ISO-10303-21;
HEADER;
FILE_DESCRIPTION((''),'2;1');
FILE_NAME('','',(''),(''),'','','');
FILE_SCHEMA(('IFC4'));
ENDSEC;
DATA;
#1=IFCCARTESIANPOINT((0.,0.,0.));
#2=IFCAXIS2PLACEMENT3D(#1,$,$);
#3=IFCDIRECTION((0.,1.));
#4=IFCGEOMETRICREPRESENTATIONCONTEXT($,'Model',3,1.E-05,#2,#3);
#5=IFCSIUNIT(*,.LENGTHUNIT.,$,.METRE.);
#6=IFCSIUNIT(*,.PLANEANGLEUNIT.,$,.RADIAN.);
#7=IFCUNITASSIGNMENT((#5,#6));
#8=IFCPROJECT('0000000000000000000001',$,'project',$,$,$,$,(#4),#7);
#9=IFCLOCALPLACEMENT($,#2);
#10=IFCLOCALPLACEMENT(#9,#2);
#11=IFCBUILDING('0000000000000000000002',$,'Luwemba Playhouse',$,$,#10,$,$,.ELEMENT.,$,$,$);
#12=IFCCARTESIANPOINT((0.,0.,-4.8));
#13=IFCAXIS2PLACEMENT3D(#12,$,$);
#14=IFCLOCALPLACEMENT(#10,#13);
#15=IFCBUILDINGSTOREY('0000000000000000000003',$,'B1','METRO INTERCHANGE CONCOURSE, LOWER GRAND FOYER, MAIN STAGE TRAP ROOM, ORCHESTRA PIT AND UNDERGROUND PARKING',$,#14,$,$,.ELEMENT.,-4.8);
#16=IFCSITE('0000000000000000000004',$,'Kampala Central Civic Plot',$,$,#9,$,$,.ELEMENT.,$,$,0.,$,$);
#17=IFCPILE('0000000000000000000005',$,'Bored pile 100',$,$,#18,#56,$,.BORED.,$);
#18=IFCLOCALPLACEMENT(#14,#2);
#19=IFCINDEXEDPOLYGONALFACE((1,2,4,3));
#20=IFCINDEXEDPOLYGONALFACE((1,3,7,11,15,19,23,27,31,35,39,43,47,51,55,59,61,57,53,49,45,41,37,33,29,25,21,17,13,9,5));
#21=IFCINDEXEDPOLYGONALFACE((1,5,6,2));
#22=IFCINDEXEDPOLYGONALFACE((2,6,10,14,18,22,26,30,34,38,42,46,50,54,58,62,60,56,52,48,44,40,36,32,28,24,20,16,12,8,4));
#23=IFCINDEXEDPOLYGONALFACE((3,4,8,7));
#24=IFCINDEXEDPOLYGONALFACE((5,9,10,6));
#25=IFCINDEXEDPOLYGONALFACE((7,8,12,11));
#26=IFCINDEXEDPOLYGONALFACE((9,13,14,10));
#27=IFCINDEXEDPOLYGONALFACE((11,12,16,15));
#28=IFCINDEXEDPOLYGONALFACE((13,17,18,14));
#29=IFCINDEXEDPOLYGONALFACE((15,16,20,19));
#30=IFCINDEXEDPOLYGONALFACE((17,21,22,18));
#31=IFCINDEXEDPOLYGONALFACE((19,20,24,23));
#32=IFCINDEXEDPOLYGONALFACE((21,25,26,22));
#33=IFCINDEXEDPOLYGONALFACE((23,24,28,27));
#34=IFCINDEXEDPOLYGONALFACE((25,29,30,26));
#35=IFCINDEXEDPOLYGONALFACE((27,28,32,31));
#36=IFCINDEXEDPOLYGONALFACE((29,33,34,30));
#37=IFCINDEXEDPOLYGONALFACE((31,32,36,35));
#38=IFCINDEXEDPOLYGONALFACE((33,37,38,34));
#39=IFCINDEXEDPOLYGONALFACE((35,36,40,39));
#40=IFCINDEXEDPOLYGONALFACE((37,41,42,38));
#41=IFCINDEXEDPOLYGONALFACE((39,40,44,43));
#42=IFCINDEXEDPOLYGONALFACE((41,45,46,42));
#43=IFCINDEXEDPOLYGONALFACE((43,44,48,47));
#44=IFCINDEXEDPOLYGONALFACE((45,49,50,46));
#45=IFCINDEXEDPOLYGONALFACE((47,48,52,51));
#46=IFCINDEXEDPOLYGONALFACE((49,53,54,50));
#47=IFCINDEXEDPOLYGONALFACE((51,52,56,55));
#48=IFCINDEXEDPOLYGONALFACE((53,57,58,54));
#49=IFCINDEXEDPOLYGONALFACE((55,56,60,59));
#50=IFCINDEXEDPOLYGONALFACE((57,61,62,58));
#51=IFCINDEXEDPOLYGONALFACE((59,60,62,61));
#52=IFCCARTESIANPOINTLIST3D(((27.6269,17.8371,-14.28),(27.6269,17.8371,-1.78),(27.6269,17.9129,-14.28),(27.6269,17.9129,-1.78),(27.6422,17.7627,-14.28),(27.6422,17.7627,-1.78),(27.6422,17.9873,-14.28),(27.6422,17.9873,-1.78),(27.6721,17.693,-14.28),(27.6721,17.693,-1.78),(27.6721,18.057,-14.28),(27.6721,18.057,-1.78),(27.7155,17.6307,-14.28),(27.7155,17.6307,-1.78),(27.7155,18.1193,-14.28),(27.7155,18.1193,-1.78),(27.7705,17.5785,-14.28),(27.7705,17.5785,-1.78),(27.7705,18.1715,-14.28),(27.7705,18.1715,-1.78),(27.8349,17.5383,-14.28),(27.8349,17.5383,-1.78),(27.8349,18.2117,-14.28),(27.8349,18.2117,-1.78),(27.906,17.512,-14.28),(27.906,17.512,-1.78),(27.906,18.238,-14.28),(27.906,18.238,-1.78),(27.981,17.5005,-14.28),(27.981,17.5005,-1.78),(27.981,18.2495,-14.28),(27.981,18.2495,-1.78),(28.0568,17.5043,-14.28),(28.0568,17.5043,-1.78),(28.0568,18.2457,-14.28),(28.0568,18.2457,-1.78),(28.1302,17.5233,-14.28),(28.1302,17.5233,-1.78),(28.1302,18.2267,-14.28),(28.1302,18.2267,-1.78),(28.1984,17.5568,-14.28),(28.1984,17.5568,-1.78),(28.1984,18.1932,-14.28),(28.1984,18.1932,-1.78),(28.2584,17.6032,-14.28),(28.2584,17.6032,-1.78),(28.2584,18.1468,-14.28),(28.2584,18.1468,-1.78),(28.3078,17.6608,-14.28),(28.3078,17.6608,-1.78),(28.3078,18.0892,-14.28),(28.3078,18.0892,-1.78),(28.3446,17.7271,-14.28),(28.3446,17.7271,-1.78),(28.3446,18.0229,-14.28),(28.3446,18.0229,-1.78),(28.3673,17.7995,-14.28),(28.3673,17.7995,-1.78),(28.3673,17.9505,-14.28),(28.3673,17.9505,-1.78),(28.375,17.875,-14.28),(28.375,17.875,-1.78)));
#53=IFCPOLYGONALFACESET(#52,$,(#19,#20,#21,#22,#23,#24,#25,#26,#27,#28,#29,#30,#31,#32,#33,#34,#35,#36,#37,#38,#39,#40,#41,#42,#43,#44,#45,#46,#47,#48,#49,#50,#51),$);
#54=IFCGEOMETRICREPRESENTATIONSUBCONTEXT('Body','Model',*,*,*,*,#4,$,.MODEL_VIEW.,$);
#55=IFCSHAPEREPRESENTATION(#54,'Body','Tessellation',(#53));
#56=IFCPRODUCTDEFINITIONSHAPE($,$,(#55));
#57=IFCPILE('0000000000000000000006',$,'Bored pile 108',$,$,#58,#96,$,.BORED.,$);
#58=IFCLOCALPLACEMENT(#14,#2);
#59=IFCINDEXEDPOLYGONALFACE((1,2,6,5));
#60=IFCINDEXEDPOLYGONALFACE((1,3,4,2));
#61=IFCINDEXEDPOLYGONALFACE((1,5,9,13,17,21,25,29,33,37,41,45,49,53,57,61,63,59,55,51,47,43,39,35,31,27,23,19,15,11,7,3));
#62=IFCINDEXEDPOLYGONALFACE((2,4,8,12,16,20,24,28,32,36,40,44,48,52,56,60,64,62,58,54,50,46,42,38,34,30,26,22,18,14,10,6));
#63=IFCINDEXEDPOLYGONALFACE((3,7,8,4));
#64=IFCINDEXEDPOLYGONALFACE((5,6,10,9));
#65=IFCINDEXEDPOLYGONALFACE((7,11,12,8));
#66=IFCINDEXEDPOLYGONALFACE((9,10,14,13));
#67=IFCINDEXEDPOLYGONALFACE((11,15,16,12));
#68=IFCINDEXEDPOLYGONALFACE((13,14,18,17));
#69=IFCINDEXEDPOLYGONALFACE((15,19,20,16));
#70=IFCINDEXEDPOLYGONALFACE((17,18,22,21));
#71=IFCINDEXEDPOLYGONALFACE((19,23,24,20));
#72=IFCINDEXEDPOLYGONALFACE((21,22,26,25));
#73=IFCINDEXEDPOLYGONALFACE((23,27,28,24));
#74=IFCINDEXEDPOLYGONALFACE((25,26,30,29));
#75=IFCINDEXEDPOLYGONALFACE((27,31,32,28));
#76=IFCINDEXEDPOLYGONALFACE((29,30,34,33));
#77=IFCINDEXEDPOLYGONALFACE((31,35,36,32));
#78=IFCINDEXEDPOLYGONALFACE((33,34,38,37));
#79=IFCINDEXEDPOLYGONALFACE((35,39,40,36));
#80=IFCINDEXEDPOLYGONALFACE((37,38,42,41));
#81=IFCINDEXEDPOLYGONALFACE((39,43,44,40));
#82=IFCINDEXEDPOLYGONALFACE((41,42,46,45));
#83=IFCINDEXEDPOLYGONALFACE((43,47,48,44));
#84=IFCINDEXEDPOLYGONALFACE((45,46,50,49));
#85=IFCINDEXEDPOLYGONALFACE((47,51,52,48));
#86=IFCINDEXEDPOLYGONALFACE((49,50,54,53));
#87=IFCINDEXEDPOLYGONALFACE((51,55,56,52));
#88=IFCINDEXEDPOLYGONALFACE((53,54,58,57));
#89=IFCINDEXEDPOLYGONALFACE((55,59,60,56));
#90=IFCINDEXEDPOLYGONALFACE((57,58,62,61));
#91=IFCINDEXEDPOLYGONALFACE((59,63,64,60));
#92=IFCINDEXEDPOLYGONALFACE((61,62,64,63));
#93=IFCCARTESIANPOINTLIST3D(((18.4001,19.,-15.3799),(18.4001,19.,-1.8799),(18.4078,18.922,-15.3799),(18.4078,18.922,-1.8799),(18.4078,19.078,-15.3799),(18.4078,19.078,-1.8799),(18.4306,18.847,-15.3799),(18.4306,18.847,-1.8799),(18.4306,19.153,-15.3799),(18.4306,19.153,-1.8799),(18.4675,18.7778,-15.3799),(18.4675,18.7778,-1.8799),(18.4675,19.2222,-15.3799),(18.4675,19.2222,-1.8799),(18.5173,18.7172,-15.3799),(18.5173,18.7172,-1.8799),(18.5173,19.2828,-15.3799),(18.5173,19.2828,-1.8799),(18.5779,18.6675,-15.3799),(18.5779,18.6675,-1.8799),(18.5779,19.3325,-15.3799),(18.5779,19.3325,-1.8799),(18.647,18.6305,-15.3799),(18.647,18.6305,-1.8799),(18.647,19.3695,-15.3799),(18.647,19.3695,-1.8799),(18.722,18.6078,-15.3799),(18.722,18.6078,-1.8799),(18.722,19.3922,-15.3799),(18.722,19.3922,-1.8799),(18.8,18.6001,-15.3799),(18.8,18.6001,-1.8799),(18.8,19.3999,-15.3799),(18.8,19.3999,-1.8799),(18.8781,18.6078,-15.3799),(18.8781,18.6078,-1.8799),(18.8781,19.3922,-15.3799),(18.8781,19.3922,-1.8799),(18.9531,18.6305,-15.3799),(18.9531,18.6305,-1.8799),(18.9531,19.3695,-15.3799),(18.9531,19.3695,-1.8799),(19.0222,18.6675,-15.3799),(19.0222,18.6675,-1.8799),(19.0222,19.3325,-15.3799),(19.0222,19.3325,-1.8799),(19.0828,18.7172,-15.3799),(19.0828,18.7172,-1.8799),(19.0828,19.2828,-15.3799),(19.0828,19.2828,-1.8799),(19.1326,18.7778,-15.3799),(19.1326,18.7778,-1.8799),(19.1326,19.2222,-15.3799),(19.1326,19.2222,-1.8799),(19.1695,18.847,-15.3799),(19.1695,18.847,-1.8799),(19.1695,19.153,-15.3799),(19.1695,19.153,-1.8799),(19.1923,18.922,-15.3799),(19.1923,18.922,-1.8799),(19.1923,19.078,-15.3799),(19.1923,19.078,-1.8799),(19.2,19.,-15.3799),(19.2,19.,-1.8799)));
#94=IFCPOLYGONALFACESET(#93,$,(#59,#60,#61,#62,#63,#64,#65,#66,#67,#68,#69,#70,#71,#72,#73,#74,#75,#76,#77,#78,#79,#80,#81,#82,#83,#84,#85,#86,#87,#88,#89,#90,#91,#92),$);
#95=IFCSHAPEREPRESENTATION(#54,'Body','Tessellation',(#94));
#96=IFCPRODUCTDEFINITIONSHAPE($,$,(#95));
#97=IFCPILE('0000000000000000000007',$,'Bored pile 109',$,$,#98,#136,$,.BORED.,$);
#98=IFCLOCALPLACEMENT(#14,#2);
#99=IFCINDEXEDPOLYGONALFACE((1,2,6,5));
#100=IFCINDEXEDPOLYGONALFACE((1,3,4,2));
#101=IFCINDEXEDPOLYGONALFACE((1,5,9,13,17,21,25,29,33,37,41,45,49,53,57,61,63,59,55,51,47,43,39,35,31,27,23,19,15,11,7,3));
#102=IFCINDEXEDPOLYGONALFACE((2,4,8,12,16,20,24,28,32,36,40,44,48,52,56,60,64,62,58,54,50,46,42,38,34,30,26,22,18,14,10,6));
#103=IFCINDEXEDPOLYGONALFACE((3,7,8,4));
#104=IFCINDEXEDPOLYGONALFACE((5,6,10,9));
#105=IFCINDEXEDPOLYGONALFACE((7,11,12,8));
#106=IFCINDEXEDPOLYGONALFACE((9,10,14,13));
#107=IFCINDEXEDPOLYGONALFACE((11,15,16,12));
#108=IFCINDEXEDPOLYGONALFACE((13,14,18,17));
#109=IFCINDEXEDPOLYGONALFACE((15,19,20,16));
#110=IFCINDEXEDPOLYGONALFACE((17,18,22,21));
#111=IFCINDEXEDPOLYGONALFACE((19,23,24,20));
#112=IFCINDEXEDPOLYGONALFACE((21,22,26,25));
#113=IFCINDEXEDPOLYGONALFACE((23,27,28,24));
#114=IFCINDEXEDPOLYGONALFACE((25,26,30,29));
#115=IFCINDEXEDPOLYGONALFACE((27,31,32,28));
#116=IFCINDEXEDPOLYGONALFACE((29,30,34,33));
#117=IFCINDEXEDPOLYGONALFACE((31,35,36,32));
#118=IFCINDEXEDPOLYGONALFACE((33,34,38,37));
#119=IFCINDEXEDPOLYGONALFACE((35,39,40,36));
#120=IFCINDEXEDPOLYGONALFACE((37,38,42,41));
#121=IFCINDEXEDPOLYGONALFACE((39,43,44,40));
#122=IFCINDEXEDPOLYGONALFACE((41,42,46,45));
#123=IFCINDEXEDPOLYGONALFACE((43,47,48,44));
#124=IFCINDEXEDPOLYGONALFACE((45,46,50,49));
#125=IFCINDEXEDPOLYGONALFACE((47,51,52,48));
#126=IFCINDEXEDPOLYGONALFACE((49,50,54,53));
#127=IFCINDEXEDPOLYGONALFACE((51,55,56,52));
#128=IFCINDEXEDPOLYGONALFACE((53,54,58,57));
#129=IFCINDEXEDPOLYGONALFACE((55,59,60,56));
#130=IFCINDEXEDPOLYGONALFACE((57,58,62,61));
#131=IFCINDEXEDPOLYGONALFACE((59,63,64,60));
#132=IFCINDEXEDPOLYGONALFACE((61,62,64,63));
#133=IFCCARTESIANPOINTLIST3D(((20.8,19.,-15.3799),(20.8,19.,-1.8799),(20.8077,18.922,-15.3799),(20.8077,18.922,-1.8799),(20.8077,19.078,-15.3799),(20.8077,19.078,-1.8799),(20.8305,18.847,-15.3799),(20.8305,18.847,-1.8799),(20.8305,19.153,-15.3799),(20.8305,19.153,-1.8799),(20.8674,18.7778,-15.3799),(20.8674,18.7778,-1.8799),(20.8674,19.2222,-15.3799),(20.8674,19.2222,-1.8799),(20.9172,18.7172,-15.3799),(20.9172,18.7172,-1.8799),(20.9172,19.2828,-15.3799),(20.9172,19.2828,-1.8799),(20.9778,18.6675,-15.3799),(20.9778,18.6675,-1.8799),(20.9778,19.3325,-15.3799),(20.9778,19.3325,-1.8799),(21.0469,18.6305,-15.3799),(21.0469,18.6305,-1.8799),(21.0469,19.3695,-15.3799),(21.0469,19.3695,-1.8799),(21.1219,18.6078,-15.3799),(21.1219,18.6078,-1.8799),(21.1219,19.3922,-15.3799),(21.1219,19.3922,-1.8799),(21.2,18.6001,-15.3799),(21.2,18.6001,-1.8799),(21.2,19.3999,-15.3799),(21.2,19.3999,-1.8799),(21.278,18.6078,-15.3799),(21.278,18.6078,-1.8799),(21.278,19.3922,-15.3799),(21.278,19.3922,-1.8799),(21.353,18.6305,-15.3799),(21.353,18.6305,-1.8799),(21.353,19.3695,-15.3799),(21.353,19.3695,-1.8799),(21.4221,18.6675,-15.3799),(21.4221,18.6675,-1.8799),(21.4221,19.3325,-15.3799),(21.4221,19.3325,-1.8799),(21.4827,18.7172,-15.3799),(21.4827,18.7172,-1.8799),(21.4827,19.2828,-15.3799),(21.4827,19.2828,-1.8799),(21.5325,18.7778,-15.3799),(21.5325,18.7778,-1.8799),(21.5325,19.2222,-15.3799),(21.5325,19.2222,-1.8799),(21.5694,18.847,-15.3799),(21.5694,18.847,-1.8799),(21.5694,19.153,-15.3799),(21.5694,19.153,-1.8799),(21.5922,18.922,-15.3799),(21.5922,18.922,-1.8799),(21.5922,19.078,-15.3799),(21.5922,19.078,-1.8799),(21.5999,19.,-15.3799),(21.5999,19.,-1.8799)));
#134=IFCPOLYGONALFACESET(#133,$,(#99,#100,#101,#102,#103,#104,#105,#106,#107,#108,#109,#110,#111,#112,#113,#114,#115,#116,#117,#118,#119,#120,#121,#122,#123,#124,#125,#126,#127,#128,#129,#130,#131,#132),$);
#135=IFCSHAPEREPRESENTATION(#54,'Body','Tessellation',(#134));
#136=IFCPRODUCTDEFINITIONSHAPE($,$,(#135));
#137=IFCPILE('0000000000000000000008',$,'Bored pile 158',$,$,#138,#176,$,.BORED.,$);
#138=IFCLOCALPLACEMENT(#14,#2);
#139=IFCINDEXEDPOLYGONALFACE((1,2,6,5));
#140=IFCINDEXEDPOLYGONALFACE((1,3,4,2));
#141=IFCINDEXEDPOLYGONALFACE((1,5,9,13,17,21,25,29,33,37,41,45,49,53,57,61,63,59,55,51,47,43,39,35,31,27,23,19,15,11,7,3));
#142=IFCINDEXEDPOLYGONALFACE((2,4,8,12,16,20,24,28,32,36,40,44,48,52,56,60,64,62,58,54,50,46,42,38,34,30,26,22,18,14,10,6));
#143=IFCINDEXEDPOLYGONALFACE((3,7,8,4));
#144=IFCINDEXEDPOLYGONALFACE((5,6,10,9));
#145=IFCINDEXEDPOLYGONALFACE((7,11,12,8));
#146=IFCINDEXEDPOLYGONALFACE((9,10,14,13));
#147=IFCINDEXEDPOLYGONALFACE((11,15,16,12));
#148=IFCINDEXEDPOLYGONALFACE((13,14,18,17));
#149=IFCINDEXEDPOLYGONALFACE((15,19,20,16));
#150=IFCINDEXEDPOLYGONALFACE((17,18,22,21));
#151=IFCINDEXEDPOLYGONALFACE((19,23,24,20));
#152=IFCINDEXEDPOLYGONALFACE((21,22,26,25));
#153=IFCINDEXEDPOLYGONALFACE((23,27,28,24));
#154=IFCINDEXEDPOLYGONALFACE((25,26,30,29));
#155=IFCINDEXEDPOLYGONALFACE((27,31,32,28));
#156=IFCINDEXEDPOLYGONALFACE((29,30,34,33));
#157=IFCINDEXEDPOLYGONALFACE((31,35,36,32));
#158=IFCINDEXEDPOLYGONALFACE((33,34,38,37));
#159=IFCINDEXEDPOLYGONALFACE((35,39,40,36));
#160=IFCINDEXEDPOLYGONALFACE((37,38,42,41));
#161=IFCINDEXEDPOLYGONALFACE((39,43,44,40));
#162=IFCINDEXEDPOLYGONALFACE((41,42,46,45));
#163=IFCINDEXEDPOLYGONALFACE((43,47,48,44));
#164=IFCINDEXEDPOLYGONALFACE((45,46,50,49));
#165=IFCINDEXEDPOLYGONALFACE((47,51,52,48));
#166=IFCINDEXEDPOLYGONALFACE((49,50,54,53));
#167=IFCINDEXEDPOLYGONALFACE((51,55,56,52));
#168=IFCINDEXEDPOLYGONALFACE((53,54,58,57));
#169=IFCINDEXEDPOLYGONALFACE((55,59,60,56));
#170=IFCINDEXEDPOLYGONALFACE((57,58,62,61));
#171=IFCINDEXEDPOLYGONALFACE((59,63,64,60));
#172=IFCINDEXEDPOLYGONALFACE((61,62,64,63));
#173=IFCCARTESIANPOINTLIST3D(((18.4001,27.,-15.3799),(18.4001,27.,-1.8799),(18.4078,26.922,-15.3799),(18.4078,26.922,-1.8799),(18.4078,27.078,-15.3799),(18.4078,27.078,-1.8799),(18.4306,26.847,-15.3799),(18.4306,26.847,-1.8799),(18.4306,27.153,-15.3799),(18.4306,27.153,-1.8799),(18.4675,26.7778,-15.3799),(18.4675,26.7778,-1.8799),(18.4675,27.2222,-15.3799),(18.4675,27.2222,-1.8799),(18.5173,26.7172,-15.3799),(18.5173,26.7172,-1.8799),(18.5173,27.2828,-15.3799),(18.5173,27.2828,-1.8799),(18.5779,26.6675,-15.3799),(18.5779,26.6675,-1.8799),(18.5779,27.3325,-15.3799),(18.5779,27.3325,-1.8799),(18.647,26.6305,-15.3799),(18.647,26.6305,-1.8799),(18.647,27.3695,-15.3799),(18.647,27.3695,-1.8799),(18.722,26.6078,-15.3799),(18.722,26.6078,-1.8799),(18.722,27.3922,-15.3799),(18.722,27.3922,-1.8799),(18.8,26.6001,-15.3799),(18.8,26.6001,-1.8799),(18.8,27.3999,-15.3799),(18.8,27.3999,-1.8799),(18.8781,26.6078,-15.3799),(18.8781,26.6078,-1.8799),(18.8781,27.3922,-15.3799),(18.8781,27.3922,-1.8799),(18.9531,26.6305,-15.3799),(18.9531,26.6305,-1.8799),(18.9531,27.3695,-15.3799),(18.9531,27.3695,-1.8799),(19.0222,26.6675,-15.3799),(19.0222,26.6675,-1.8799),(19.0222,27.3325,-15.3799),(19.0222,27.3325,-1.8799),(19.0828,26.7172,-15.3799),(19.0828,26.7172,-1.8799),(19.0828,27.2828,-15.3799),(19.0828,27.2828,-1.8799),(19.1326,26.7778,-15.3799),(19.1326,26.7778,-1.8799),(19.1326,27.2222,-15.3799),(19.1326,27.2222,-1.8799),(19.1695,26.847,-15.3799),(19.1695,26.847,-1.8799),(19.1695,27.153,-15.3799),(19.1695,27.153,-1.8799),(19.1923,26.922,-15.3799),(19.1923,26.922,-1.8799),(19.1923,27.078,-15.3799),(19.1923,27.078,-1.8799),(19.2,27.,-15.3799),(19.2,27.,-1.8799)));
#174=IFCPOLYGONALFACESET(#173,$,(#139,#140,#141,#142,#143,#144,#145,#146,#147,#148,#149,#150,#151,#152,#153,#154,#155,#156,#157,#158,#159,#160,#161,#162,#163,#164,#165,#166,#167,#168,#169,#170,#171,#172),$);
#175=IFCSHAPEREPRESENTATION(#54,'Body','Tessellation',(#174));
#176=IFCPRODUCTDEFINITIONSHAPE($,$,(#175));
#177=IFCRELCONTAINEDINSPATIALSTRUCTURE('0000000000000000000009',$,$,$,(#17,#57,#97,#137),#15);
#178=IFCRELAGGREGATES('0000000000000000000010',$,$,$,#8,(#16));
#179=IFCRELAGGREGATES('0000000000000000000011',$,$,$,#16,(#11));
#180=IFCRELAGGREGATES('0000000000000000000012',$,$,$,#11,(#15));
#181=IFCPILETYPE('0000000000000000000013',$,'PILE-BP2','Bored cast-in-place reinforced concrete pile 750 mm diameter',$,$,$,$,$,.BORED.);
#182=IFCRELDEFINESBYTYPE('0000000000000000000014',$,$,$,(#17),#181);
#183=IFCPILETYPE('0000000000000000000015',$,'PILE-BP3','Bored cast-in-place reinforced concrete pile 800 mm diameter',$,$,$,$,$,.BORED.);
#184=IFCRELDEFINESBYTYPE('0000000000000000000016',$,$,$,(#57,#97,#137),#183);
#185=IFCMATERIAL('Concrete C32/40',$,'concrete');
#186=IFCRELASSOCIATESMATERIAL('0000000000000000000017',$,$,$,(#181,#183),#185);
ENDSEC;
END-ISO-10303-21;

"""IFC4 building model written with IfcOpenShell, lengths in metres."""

from ifc_helpers import new_model, si_unit, direction, frame, origin, origin_2d, place, context, subcontext, project, spatial, circle, extrude, material, material_profile, profile_set, type_object, element, save


model = new_model("IFC4")

# Units and contexts
model_context = context("Model", 3, precision=1e-05, world=origin(), true_north=direction((0.0, 1.0)))
body_context = subcontext(model_context, "Body", "Model", "MODEL_VIEW")
ifc_project = project(units=[si_unit("LENGTHUNIT", "METRE"), si_unit("PLANEANGLEUNIT", "RADIAN")], contexts=[model_context])

# Site, building, storey
site_placement = place(None, origin())
site = spatial("IfcSite", under=ifc_project, at=site_placement, Name="Kampala Central Civic Plot", CompositionType="ELEMENT", RefElevation=0.0)
building_placement = place(site_placement, origin())
building = spatial("IfcBuilding", under=site, at=building_placement, Name="Luwemba Playhouse", CompositionType="ELEMENT")
storey_placement = place(building_placement, frame((0.0, 0.0, -4.8)))
storey = spatial("IfcBuildingStorey", under=building, at=storey_placement, Name="B1", Description="METRO INTERCHANGE CONCOURSE, LOWER GRAND FOYER, MAIN STAGE TRAP ROOM, ORCHESTRA PIT AND UNDERGROUND PARKING", CompositionType="ELEMENT", Elevation=-4.8)

# Shared definitions
ifc_material_1 = material(Name="Concrete C32/40", Category="concrete")

# Piles
ifc_material_profile_1 = material_profile(ifc_material_1, circle(Radius=0.375, at=origin_2d()))
ifc_profile_set_1 = profile_set([ifc_material_profile_1], Name="Concrete C32/40")
pile_type_1 = type_object("IfcPileType", Name="PILE-BP2", Description="Bored cast-in-place reinforced concrete pile 750 mm diameter", PredefinedType="BORED", material=ifc_profile_set_1)
for number, where, z_axis, x_axis, name in (
    (1, (28.0, 17.875, -1.78), (0.0, 0.0, -1.0), (1.0, 0.0, 0.0), "Bored pile 100"),
):
    element("IfcPile", number, at=place(storey_placement, frame(where, z_axis=z_axis, x_axis=x_axis)), inside=storey, type_object=pile_type_1, Name=name, PredefinedType="BORED", context=body_context, shape_type="SweptSolid", body=[
        extrude(circle(Radius=0.375, at=origin_2d()), origin(), (0.0, 0.0, 1.0), 12.5),
    ])
ifc_material_profile_2 = material_profile(ifc_material_1, circle(Radius=0.3999, at=origin_2d()))
ifc_profile_set_2 = profile_set([ifc_material_profile_2], Name="Concrete C32/40")
pile_type_2 = type_object("IfcPileType", Name="PILE-BP3", Description="Bored cast-in-place reinforced concrete pile 800 mm diameter", PredefinedType="BORED", material=ifc_profile_set_2)
for number, where, z_axis, x_axis, name in (
    (2, (18.8, 19.0, -1.8799), (0.0, 0.0, -1.0), (1.0, 0.0, 0.0), "Bored pile 108"),
    (3, (21.2, 19.0, -1.8799), (0.0, 0.0, -1.0), (1.0, 0.0, 0.0), "Bored pile 109"),
    (4, (18.8, 27.0, -1.8799), (0.0, 0.0, -1.0), (1.0, 0.0, 0.0), "Bored pile 158"),
):
    element("IfcPile", number, at=place(storey_placement, frame(where, z_axis=z_axis, x_axis=x_axis)), inside=storey, type_object=pile_type_2, Name=name, PredefinedType="BORED", context=body_context, shape_type="SweptSolid", body=[
        extrude(circle(Radius=0.3999, at=origin_2d()), origin(), (0.0, 0.0, 1.0), 13.5),
    ])

save(model, "model.ifc")
